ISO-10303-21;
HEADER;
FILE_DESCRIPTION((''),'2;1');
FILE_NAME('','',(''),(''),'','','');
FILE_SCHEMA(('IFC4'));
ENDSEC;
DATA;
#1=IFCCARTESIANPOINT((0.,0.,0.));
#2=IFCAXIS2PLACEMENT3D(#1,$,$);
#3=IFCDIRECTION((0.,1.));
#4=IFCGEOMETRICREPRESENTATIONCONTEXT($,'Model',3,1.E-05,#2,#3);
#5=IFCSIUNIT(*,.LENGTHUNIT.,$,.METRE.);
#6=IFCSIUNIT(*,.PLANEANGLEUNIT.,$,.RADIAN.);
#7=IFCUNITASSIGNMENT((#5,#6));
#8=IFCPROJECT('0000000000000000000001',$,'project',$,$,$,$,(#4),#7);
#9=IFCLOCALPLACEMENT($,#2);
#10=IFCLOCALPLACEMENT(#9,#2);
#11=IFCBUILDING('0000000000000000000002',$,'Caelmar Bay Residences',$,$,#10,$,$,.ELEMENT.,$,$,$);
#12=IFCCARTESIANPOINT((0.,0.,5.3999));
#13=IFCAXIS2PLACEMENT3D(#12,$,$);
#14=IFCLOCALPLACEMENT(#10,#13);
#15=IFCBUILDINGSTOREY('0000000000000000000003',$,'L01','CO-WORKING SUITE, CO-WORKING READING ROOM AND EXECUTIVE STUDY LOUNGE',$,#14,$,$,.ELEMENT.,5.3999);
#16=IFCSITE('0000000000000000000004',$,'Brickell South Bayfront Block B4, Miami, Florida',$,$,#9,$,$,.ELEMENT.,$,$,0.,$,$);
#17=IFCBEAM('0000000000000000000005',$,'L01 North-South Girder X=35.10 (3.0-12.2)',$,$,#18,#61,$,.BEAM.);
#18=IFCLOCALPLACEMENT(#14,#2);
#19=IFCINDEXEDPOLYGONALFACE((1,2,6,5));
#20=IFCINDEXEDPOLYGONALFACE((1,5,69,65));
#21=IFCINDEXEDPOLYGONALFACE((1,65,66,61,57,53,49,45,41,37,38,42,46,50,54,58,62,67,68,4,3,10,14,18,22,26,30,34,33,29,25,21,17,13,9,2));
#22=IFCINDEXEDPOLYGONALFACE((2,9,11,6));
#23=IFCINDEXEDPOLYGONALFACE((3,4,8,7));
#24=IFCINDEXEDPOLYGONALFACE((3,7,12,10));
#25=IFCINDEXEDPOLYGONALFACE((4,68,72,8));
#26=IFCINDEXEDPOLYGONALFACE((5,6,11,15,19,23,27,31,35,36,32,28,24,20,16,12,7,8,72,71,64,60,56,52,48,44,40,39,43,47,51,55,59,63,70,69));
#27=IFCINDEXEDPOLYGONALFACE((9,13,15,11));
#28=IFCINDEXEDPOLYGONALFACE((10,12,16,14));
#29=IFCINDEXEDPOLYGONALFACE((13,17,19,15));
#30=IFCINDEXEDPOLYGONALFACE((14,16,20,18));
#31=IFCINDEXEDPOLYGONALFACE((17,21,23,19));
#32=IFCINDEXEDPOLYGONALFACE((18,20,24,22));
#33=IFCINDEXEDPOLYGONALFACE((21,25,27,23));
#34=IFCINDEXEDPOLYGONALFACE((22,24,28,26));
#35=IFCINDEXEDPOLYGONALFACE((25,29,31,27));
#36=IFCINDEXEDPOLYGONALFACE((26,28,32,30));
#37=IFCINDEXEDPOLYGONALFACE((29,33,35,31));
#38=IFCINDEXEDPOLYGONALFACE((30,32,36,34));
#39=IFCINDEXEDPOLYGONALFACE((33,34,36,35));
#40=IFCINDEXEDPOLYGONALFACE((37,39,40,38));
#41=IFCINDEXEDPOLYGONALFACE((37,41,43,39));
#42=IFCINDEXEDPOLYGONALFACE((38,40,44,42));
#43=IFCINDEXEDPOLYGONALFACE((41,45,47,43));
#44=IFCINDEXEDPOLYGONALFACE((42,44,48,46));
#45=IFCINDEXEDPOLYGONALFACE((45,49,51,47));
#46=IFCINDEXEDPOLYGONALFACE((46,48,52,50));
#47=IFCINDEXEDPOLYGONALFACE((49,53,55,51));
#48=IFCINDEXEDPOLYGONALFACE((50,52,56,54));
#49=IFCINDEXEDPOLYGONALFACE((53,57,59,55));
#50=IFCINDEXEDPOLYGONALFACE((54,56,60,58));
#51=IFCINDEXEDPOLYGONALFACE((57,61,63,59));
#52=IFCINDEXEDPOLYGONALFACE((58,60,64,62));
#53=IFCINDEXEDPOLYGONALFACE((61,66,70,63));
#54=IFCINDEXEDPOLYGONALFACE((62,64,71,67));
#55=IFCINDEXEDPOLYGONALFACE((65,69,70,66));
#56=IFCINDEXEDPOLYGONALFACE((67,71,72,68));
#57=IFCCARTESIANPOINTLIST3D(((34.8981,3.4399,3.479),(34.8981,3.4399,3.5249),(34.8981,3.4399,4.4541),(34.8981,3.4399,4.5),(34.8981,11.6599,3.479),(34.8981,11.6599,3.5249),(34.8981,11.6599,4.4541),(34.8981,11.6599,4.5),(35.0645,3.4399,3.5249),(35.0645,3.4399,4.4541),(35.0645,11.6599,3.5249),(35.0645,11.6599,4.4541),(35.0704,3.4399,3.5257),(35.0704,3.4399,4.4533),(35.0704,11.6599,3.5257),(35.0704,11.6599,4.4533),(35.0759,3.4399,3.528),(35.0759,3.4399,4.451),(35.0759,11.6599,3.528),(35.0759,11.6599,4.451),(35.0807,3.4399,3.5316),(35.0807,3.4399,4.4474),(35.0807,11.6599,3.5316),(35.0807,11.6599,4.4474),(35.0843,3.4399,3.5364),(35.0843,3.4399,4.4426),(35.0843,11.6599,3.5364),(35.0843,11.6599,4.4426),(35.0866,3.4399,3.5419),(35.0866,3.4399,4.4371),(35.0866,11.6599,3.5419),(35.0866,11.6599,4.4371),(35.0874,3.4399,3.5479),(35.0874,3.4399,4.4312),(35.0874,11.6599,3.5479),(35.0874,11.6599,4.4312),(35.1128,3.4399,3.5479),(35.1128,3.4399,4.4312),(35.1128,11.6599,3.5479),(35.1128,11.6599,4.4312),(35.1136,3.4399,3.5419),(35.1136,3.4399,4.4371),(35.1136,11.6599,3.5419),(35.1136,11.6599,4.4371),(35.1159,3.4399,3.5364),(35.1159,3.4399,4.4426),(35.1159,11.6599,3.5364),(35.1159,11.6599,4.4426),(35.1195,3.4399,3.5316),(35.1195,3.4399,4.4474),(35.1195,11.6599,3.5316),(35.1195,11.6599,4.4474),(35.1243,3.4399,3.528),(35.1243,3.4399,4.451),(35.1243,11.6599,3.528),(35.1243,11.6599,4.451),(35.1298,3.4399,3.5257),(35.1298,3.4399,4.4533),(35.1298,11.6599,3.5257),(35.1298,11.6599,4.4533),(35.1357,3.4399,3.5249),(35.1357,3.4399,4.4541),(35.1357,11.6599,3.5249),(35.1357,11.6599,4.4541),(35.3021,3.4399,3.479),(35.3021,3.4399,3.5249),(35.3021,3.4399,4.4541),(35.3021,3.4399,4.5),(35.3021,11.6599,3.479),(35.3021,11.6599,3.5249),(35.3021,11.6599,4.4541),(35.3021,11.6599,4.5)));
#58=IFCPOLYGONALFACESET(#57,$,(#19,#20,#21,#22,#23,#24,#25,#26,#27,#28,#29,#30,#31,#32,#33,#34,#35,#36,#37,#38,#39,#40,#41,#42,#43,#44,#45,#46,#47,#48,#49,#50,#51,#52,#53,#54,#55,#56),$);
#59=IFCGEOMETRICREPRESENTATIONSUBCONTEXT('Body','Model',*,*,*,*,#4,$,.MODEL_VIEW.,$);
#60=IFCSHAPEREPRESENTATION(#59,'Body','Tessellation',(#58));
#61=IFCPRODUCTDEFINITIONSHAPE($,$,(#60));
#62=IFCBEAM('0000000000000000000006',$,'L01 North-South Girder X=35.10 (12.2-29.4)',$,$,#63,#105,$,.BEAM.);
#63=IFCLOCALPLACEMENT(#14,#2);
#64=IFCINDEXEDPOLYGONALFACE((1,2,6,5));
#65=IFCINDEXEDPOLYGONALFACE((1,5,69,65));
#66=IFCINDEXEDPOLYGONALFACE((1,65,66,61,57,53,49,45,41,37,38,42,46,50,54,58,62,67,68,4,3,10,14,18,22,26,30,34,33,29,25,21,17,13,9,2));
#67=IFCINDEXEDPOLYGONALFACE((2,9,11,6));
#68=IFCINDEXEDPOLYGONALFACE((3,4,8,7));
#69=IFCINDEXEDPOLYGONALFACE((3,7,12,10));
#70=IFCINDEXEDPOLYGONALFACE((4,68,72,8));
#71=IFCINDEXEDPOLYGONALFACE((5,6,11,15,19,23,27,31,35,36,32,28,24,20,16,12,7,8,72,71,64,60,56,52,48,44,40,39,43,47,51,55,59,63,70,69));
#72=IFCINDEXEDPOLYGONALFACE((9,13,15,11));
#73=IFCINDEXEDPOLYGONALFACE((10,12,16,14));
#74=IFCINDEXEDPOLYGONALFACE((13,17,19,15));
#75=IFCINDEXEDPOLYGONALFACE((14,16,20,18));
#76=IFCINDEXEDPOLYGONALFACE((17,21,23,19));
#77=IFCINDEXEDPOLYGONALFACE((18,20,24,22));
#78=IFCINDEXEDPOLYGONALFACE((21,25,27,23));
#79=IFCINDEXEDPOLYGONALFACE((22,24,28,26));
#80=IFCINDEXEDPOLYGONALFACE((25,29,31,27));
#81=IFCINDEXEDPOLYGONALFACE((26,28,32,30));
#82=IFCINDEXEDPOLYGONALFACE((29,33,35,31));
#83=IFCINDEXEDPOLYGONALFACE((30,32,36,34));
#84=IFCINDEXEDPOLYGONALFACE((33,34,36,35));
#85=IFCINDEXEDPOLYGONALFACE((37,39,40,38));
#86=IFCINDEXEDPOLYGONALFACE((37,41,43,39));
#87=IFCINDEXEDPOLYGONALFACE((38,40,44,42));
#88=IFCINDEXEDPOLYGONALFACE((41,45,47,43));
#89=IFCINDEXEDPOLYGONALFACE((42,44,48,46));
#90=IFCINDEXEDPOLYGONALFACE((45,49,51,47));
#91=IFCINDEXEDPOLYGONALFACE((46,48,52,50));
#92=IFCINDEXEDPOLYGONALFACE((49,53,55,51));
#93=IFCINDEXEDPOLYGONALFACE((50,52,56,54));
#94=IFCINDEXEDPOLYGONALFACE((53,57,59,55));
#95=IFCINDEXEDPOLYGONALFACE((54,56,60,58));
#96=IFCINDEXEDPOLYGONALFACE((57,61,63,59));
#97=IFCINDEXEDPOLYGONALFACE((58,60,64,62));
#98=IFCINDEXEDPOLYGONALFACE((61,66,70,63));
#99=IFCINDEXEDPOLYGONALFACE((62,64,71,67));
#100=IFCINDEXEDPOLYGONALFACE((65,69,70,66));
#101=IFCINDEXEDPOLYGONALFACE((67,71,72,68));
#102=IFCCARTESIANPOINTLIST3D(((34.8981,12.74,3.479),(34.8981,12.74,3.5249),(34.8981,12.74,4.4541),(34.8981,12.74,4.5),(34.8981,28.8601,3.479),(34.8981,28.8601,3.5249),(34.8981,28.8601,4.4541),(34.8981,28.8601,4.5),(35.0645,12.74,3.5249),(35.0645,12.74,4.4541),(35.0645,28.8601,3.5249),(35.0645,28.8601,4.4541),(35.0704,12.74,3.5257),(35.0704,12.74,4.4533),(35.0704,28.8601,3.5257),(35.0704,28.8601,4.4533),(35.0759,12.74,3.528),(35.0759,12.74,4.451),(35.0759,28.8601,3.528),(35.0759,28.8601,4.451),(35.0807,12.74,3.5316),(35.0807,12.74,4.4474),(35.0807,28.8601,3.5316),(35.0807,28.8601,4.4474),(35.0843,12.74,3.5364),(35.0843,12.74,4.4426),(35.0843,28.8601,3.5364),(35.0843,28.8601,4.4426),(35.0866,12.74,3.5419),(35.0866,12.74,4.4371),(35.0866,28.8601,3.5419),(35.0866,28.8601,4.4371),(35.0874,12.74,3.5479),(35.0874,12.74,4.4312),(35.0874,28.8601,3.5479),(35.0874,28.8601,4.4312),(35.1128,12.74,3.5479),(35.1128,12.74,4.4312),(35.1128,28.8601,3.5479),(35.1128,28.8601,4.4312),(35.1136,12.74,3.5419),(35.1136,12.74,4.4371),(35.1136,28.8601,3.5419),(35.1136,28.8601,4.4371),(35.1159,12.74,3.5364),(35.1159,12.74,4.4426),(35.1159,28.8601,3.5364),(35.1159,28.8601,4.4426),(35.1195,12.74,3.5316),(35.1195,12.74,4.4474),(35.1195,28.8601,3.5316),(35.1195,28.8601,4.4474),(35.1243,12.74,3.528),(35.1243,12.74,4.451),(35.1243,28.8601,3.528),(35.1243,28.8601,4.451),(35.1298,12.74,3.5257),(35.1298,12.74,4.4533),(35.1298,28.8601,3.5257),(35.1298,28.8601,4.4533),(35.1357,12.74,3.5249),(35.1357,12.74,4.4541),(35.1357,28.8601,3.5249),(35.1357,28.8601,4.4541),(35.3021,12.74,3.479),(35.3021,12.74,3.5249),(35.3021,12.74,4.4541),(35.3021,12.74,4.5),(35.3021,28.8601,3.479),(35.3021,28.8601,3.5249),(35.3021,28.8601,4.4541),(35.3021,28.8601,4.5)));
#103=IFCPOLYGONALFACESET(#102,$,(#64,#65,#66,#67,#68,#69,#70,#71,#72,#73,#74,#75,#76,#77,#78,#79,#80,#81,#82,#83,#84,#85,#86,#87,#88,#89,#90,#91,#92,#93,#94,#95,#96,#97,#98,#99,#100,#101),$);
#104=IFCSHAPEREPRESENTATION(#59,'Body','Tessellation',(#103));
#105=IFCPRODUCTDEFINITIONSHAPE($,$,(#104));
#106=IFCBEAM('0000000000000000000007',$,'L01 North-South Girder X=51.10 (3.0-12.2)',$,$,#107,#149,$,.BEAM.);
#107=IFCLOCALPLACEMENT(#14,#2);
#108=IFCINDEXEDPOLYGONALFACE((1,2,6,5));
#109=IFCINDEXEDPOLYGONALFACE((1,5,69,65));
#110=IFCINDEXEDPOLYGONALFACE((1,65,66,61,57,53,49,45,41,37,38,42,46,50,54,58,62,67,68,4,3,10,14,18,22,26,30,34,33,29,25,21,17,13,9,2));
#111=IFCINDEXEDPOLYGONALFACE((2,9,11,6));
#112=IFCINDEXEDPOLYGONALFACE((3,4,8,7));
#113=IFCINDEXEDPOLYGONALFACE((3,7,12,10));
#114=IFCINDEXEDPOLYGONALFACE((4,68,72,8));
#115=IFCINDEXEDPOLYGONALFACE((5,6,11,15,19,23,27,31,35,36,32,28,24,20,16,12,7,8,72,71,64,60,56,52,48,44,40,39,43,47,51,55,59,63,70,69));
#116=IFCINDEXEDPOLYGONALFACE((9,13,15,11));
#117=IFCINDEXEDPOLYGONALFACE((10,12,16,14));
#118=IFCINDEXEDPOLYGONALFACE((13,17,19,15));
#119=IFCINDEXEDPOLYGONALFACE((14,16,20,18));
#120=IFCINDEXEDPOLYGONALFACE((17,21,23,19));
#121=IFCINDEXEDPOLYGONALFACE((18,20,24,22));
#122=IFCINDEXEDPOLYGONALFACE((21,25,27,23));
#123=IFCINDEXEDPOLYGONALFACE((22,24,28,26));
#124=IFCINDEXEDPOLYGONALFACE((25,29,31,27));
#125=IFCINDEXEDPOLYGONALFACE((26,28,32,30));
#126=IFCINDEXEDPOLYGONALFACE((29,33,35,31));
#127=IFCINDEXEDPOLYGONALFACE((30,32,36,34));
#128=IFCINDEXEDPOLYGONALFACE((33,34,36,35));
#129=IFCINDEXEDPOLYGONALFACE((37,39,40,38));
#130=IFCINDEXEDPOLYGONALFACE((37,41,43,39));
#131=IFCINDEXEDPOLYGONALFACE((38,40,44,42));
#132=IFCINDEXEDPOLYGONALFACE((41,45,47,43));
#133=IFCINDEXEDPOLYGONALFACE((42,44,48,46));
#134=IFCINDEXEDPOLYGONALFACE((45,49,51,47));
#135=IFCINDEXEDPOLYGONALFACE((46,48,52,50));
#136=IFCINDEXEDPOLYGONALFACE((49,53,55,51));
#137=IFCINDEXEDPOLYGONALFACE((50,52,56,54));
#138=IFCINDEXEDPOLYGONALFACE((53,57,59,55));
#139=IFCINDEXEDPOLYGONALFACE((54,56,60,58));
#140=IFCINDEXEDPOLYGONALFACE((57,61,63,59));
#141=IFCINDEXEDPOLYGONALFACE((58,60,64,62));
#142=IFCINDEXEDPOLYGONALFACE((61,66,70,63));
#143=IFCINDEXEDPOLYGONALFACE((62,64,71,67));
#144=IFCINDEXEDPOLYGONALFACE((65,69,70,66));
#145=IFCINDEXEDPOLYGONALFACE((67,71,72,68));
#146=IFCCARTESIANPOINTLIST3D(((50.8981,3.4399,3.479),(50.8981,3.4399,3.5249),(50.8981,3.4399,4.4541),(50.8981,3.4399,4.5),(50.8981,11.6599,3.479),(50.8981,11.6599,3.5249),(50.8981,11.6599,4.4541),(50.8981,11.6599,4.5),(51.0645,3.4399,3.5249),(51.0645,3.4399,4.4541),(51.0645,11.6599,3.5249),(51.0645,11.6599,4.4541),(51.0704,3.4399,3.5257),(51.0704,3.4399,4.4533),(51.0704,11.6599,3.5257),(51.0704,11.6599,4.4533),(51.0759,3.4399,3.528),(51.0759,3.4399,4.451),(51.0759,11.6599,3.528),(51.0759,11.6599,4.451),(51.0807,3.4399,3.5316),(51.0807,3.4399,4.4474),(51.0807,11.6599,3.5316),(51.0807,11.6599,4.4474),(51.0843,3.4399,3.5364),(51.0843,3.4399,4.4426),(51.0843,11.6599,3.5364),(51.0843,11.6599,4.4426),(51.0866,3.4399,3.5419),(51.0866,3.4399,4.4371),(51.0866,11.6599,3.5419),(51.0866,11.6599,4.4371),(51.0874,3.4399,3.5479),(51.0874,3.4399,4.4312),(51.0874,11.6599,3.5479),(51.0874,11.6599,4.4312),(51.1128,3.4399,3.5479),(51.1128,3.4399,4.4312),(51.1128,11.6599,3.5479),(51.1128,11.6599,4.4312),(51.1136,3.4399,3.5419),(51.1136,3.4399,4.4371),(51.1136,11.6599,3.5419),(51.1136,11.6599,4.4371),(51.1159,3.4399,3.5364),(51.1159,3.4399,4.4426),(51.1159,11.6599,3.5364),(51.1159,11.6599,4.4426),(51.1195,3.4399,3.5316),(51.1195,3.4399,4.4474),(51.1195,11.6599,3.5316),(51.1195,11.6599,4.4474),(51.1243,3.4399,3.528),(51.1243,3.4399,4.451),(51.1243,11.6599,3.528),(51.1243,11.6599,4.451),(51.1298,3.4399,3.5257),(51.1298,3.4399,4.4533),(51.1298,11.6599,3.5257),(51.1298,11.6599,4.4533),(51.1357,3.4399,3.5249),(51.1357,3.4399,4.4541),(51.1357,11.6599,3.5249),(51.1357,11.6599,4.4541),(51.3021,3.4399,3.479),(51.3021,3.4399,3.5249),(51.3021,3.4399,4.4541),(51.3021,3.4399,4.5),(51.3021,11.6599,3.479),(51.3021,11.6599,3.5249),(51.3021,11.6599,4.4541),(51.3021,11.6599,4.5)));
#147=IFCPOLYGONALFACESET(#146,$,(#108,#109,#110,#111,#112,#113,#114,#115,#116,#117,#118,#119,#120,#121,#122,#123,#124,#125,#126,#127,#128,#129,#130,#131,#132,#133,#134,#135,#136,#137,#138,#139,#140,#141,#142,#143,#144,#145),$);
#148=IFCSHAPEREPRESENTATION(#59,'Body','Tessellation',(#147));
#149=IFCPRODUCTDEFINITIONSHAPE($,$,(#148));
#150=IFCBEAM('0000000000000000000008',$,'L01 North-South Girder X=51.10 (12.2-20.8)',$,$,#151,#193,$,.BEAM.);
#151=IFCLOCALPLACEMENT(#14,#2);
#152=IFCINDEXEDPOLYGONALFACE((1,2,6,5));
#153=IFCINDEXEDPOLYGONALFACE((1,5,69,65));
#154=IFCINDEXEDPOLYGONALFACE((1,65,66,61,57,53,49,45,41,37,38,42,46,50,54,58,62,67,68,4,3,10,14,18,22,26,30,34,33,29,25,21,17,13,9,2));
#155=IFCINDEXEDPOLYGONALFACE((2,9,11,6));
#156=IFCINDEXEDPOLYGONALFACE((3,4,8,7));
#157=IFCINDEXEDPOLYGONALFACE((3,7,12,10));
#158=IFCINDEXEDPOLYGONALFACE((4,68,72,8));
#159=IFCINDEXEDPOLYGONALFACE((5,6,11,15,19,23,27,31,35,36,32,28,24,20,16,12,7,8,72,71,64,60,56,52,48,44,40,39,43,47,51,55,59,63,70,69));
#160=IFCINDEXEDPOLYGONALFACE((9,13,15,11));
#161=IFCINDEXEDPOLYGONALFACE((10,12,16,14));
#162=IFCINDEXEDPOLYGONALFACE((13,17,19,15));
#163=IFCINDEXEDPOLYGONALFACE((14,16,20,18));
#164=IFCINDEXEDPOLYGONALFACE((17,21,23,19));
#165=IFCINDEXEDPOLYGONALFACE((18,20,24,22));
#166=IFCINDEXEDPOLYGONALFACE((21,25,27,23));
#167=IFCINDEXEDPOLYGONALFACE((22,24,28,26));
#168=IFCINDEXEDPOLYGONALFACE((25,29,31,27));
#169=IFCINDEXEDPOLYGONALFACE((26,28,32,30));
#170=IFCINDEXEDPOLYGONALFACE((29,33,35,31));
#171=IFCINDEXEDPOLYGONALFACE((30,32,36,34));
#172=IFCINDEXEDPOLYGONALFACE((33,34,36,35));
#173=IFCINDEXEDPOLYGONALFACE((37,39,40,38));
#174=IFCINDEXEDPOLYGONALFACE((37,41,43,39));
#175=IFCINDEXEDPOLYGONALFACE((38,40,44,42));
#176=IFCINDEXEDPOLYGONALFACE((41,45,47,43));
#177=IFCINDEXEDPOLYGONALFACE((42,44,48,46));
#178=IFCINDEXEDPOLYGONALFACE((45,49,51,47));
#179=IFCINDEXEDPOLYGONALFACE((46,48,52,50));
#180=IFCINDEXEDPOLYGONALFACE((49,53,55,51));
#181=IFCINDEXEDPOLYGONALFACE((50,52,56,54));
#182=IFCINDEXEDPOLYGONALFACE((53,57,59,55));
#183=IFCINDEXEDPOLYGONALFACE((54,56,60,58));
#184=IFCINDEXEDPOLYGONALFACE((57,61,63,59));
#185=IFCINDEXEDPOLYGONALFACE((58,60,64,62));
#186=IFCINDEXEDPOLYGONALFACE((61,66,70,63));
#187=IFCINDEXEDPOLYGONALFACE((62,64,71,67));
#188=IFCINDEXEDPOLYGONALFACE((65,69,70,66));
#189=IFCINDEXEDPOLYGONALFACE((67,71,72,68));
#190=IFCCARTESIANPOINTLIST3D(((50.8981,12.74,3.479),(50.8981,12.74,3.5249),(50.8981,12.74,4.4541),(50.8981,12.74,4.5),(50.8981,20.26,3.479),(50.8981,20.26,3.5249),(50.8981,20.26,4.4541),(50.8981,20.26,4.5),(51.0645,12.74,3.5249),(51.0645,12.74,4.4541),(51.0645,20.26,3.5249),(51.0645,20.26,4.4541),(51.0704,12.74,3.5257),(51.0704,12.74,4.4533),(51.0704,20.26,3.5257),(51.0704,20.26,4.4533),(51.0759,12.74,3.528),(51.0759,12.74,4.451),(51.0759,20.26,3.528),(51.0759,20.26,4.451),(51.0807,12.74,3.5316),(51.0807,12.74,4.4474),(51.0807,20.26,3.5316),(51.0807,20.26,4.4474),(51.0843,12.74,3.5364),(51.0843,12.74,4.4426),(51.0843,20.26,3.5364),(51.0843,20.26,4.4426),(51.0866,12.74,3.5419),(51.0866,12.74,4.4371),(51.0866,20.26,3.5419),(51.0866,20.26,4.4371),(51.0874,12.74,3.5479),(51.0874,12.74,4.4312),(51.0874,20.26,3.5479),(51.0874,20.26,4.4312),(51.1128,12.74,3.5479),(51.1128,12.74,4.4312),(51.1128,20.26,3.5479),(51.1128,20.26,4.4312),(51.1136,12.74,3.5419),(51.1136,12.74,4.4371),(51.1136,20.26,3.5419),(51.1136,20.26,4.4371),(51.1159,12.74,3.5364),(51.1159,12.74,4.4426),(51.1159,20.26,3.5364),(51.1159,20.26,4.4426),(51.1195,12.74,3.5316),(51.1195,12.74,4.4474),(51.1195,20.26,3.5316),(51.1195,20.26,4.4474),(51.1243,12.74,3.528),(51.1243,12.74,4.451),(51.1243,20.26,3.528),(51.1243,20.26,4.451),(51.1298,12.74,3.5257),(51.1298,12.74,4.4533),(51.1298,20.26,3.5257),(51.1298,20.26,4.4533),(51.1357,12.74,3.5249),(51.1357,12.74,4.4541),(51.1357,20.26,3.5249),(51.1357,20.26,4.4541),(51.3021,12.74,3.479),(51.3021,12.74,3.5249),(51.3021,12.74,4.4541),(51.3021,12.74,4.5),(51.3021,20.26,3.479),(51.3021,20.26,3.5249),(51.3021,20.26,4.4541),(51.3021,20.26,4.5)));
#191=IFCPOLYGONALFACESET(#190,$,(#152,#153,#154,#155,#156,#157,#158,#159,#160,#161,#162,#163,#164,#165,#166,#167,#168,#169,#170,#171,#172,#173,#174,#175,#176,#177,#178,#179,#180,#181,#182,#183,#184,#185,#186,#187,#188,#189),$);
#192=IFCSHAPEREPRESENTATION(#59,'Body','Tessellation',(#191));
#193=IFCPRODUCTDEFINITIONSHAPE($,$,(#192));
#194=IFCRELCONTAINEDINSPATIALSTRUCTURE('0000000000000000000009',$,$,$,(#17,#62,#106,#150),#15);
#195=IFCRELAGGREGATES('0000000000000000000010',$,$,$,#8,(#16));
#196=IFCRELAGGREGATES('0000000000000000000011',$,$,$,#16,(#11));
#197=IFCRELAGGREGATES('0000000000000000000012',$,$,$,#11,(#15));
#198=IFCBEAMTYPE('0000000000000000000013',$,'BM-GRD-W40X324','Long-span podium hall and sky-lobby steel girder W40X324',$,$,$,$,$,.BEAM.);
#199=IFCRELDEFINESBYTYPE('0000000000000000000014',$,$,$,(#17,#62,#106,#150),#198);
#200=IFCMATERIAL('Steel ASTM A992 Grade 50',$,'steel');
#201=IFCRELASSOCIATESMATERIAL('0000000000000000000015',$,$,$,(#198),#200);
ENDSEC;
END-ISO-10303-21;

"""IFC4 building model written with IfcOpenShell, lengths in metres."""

from ifc_helpers import new_model, si_unit, direction, frame, origin, origin_2d, place, context, subcontext, project, spatial, i_section, extrude, material, material_profile, profile_set, type_object, element, save


model = new_model("IFC4")

# Units and contexts
model_context = context("Model", 3, precision=1e-05, world=origin(), true_north=direction((0.0, 1.0)))
body_context = subcontext(model_context, "Body", "Model", "MODEL_VIEW")
ifc_project = project(units=[si_unit("LENGTHUNIT", "METRE"), si_unit("PLANEANGLEUNIT", "RADIAN")], contexts=[model_context])

# Site, building, storey
site_placement = place(None, origin())
site = spatial("IfcSite", under=ifc_project, at=site_placement, Name="Brickell South Bayfront Block B4, Miami, Florida", CompositionType="ELEMENT", RefElevation=0.0)
building_placement = place(site_placement, origin())
building = spatial("IfcBuilding", under=site, at=building_placement, Name="Caelmar Bay Residences", CompositionType="ELEMENT")
storey_placement = place(building_placement, frame((0.0, 0.0, 5.3999)))
storey = spatial("IfcBuildingStorey", under=building, at=storey_placement, Name="L01", Description="CO-WORKING SUITE, CO-WORKING READING ROOM AND EXECUTIVE STUDY LOUNGE", CompositionType="ELEMENT", Elevation=5.3999)

# Beams
ifc_material_1 = material(Name="Steel ASTM A992 Grade 50", Category="steel")
ifc_material_profile_1 = material_profile(ifc_material_1, i_section(OverallWidth=0.4041, OverallDepth=1.021, WebThickness=0.0254, FlangeThickness=0.0459, FilletRadius=0.0229, at=origin_2d()), Name="W40X324")
ifc_profile_set_1 = profile_set([ifc_material_profile_1], Name="Steel ASTM A992 Grade 50")
beam_type_1 = type_object("IfcBeamType", Name="BM-GRD-W40X324", Description="Long-span podium hall and sky-lobby steel girder W40X324", PredefinedType="BEAM", material=ifc_profile_set_1)
beam_1_placement = place(storey_placement, frame((35.1001, 3.4399, 3.9895), z_axis=(0.0, 1.0, 0.0), x_axis=(-1.0, 0.0, 0.0)))
element("IfcBeam", 1, at=beam_1_placement, inside=storey, type_object=beam_type_1, Name="L01 North-South Girder X=35.10 (3.0-12.2)", PredefinedType="BEAM", context=body_context, shape_type="SweptSolid", body=[
    extrude(i_section(OverallWidth=0.4041, OverallDepth=1.021, WebThickness=0.0254, FlangeThickness=0.0459, FilletRadius=0.0229, at=origin_2d()), origin(), (0.0, 0.0, 1.0), 8.22),
])
beam_2_placement = place(storey_placement, frame((35.1001, 12.74, 3.9895), z_axis=(0.0, 1.0, 0.0), x_axis=(-1.0, 0.0, 0.0)))
element("IfcBeam", 2, at=beam_2_placement, inside=storey, type_object=beam_type_1, Name="L01 North-South Girder X=35.10 (12.2-29.4)", PredefinedType="BEAM", context=body_context, shape_type="SweptSolid", body=[
    extrude(i_section(OverallWidth=0.4041, OverallDepth=1.021, WebThickness=0.0254, FlangeThickness=0.0459, FilletRadius=0.0229, at=origin_2d()), origin(), (0.0, 0.0, 1.0), 16.1201),
])
beam_3_placement = place(storey_placement, frame((51.1001, 3.4399, 3.9895), z_axis=(0.0, 1.0, 0.0), x_axis=(-1.0, 0.0, 0.0)))
element("IfcBeam", 3, at=beam_3_placement, inside=storey, type_object=beam_type_1, Name="L01 North-South Girder X=51.10 (3.0-12.2)", PredefinedType="BEAM", context=body_context, shape_type="SweptSolid", body=[
    extrude(i_section(OverallWidth=0.4041, OverallDepth=1.021, WebThickness=0.0254, FlangeThickness=0.0459, FilletRadius=0.0229, at=origin_2d()), origin(), (0.0, 0.0, 1.0), 8.22),
])
beam_4_placement = place(storey_placement, frame((51.1001, 12.74, 3.9895), z_axis=(0.0, 1.0, 0.0), x_axis=(-1.0, 0.0, 0.0)))
element("IfcBeam", 4, at=beam_4_placement, inside=storey, type_object=beam_type_1, Name="L01 North-South Girder X=51.10 (12.2-20.8)", PredefinedType="BEAM", context=body_context, shape_type="SweptSolid", body=[
    extrude(i_section(OverallWidth=0.4041, OverallDepth=1.021, WebThickness=0.0254, FlangeThickness=0.0459, FilletRadius=0.0229, at=origin_2d()), origin(), (0.0, 0.0, 1.0), 7.52),
])

save(model, "model.ifc")
